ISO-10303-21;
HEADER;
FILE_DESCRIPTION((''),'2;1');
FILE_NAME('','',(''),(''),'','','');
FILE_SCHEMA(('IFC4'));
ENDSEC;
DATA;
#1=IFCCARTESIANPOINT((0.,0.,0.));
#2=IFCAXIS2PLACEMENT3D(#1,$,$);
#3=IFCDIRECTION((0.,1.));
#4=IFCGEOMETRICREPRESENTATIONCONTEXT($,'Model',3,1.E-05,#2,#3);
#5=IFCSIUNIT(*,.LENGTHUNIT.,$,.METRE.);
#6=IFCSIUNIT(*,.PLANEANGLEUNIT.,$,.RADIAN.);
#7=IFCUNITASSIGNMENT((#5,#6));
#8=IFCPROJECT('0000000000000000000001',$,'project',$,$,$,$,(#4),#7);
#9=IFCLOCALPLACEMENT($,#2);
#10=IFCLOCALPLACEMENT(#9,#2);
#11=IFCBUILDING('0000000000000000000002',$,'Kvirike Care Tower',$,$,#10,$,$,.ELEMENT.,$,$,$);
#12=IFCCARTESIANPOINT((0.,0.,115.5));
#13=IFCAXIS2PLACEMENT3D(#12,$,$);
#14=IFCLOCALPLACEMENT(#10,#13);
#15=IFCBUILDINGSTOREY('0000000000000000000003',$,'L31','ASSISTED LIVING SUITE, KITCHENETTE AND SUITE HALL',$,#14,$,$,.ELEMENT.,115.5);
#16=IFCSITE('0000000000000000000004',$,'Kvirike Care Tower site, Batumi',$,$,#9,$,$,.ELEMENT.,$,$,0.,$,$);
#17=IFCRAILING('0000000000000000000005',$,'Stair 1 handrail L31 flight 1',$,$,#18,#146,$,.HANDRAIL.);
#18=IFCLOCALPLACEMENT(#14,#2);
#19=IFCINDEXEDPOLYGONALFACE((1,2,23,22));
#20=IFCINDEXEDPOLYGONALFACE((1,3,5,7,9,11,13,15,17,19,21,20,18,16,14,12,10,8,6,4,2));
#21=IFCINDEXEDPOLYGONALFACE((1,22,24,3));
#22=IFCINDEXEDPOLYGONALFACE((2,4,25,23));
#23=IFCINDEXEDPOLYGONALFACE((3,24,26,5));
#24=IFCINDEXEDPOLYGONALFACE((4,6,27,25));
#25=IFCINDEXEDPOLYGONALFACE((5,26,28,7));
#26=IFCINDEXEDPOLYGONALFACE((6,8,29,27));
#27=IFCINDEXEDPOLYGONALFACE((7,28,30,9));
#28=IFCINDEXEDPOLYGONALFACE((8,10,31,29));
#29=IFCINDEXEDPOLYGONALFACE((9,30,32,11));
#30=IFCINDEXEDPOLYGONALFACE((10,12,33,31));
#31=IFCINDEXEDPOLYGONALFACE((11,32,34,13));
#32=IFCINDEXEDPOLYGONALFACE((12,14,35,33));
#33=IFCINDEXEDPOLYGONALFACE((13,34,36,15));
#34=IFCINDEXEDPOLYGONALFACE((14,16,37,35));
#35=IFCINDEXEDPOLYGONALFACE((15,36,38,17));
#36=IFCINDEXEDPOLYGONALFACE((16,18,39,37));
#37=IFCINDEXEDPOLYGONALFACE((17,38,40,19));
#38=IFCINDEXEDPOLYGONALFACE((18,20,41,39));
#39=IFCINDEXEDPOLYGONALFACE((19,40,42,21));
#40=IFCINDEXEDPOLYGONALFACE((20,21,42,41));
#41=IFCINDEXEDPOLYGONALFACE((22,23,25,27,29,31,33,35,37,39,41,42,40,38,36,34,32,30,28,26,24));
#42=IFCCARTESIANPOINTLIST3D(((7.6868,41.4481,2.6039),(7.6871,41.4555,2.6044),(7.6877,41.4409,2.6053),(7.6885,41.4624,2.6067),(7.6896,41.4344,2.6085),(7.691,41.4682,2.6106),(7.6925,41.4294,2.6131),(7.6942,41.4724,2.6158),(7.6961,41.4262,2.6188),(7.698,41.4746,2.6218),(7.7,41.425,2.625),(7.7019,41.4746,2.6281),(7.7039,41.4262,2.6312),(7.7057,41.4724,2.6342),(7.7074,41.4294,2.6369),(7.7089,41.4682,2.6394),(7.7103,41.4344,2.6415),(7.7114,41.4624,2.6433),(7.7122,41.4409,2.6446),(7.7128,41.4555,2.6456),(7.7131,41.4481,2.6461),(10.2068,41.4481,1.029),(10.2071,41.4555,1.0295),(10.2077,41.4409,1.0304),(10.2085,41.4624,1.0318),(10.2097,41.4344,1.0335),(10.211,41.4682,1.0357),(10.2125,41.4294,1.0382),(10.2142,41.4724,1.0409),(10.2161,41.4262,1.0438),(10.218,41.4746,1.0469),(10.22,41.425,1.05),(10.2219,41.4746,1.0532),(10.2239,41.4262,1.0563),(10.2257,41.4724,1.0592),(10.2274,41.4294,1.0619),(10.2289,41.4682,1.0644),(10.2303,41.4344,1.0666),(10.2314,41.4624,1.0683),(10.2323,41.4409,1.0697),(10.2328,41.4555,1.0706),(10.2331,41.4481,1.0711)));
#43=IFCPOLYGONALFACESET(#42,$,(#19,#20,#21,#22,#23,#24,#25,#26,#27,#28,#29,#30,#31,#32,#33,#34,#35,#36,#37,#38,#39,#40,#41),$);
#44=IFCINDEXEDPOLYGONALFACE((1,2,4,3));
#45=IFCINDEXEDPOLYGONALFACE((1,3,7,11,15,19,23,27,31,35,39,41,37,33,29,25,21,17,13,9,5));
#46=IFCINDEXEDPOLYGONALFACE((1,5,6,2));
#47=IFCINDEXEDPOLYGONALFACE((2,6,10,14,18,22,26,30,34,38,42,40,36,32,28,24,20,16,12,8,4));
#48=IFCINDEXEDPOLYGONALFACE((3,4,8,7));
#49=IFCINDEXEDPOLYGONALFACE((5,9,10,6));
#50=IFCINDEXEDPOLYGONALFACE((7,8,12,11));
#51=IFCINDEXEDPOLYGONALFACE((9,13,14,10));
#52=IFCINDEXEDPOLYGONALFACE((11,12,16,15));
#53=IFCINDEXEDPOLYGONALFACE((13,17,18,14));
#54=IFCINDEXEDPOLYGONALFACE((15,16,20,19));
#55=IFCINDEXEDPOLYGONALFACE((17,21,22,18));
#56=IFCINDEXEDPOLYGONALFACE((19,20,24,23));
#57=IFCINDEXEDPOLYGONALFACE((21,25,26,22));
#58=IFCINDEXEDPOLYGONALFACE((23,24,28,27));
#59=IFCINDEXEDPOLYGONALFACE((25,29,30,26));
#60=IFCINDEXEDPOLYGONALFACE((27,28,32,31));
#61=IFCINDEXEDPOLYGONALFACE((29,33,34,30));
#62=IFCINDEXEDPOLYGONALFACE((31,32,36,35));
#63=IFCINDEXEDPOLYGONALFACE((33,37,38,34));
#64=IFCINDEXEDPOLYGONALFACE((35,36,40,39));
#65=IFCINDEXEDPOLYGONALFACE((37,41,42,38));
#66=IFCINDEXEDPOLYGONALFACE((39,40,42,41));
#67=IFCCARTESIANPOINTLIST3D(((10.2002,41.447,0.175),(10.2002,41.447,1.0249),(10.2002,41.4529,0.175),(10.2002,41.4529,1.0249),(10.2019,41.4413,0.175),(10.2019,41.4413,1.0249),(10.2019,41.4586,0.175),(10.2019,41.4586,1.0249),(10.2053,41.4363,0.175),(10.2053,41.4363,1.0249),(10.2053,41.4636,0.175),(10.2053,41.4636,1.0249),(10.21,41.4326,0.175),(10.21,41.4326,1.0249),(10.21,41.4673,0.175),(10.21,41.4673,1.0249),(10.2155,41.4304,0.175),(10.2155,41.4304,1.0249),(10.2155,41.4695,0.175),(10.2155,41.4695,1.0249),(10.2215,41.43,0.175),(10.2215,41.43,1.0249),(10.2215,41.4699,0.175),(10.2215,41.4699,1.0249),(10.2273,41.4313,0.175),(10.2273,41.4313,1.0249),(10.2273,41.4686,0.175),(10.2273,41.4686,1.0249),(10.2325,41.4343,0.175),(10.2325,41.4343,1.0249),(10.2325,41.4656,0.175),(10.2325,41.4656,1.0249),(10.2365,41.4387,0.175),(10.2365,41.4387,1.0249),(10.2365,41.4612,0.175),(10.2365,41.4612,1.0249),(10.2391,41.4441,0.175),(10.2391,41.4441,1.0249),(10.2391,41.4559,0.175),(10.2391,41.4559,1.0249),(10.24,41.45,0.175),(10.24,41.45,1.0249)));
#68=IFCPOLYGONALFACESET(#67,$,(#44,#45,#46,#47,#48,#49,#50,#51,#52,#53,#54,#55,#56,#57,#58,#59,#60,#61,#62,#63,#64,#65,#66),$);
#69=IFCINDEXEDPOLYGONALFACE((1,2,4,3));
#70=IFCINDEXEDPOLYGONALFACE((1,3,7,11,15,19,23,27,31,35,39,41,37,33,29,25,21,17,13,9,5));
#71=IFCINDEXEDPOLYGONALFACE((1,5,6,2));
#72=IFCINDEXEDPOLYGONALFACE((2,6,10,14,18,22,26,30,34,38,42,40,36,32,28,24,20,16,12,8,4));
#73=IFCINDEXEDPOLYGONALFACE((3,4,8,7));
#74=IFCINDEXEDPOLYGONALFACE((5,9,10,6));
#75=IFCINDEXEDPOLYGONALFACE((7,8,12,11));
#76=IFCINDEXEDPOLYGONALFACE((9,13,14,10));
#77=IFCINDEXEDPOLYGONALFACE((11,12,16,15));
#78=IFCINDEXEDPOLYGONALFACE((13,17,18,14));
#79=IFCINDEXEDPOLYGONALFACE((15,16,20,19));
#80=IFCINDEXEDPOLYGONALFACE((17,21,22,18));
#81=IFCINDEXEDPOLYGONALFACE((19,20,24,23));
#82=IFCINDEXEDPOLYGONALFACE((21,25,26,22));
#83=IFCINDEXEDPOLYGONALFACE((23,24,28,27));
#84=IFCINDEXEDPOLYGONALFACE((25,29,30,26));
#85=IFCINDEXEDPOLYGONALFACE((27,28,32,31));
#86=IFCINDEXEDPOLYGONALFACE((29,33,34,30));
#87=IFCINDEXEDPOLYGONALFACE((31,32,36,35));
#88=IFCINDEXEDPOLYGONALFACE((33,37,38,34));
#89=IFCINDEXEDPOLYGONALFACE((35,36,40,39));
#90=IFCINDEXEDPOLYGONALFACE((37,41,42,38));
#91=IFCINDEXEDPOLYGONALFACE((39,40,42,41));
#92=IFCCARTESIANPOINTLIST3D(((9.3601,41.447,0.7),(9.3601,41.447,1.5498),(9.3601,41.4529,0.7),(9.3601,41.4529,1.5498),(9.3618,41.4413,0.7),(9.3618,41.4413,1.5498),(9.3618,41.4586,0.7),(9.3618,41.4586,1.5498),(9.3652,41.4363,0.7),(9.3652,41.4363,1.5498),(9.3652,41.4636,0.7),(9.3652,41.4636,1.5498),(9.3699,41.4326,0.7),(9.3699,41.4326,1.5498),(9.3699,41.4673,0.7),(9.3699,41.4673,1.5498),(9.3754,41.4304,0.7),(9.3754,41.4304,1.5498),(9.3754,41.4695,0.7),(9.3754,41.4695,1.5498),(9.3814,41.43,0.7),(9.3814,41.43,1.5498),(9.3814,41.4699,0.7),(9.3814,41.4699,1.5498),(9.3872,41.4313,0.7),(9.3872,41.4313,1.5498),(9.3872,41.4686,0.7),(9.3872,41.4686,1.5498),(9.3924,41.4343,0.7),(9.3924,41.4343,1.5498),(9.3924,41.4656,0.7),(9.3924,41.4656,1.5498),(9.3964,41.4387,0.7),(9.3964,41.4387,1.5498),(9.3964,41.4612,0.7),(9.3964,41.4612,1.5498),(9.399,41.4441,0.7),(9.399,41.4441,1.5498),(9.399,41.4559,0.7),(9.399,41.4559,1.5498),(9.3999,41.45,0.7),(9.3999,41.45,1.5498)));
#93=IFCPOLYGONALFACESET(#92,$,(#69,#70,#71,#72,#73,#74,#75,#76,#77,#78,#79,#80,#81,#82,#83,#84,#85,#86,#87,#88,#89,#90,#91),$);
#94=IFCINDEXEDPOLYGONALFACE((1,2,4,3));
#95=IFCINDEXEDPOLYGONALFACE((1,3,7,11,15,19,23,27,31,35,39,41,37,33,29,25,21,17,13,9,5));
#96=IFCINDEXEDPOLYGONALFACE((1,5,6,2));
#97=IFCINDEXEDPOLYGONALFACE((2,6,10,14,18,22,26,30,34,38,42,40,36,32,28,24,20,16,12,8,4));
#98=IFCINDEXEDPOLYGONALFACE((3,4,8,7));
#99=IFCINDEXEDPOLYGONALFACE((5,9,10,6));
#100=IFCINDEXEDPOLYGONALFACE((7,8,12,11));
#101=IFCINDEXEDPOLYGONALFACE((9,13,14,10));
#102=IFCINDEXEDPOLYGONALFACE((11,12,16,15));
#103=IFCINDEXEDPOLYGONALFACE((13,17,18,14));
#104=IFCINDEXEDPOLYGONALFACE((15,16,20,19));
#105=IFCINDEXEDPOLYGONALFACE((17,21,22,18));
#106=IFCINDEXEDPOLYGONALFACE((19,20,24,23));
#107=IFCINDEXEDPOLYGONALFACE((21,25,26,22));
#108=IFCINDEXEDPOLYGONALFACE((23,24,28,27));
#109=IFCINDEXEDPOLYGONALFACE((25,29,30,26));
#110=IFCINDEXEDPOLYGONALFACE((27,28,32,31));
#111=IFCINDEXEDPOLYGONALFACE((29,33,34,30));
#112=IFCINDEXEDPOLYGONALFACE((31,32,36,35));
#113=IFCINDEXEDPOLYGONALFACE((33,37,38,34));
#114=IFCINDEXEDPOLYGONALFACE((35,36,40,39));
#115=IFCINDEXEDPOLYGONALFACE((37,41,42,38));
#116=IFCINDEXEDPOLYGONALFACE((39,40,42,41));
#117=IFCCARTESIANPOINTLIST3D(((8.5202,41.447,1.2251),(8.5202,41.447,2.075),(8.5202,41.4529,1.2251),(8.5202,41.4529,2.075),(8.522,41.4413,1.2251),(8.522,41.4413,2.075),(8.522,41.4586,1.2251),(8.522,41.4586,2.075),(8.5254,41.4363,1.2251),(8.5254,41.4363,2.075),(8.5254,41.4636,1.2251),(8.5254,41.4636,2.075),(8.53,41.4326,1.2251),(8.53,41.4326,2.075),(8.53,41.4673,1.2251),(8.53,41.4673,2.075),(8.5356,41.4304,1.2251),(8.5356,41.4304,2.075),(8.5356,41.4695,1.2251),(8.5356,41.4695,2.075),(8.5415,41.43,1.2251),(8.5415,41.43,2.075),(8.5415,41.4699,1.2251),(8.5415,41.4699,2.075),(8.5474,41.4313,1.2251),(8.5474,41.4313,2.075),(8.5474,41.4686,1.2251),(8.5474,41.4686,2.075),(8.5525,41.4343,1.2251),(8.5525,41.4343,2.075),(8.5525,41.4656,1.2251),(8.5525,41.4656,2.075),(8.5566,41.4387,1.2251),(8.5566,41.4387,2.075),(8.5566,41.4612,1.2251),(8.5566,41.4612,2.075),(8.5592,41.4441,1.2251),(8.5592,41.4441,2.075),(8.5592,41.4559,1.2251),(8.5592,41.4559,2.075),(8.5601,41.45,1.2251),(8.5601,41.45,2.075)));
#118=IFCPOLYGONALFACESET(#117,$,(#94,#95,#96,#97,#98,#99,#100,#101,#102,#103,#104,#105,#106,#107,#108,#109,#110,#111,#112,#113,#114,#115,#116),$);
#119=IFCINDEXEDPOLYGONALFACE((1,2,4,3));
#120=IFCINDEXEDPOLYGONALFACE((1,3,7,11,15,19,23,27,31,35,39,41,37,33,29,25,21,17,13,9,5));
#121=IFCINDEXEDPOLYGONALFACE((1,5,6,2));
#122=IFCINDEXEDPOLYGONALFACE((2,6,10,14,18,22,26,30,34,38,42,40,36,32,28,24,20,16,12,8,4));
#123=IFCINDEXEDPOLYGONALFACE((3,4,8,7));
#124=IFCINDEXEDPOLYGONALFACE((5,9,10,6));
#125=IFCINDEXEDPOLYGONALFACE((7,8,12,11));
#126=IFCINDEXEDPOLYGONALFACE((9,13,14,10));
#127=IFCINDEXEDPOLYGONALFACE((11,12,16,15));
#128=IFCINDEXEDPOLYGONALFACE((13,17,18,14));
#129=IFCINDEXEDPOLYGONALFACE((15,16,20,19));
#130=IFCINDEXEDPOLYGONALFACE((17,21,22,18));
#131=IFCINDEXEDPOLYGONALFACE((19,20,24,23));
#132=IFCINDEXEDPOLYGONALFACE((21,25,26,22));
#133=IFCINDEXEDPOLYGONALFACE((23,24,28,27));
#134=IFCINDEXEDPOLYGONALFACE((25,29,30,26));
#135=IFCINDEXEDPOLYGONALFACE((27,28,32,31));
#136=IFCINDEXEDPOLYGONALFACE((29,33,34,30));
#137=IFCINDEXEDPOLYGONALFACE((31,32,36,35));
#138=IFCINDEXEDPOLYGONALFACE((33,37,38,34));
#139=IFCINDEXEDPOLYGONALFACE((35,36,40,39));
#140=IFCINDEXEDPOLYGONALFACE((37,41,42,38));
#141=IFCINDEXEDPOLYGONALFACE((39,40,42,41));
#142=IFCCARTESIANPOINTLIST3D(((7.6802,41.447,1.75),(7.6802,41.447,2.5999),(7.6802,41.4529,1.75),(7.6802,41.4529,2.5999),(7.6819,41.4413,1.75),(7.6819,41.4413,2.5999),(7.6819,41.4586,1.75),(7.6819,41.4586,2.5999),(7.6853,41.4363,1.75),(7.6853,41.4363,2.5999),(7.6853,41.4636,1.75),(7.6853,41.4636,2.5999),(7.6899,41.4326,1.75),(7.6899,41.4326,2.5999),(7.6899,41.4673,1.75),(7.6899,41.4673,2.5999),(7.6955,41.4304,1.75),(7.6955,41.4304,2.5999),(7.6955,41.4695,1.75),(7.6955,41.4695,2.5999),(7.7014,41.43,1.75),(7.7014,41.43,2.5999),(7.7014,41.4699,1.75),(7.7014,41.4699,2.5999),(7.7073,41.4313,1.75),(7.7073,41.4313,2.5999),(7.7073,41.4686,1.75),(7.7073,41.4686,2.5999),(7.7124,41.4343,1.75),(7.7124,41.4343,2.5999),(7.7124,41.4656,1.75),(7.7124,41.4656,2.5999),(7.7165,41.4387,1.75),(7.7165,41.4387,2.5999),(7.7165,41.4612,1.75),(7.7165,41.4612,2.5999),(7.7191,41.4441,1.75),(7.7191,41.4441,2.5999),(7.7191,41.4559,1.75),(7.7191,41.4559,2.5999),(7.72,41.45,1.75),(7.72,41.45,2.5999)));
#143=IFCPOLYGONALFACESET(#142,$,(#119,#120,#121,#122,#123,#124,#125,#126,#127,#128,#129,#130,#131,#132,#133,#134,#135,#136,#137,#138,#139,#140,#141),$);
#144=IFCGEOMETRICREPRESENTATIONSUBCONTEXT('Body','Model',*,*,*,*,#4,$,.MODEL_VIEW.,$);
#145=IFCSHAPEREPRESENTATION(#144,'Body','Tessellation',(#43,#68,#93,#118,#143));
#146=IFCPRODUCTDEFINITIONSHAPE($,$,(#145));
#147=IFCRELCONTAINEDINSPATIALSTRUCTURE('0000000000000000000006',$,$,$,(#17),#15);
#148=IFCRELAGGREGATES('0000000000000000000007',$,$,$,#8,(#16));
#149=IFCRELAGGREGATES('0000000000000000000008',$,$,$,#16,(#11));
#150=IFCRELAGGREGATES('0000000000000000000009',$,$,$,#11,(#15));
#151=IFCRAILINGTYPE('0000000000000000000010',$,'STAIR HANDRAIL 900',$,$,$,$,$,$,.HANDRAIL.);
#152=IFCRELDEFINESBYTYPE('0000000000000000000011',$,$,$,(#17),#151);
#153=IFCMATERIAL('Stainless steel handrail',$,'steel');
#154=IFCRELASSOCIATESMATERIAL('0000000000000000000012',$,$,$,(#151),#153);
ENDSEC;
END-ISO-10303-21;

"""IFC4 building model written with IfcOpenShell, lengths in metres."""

from ifc_helpers import new_model, si_unit, direction, frame, origin, origin_2d, place, context, subcontext, project, spatial, circle, extrude, material, type_object, element, save


model = new_model("IFC4")

# Units and contexts
model_context = context("Model", 3, precision=1e-05, world=origin(), true_north=direction((0.0, 1.0)))
body_context = subcontext(model_context, "Body", "Model", "MODEL_VIEW")
ifc_project = project(units=[si_unit("LENGTHUNIT", "METRE"), si_unit("PLANEANGLEUNIT", "RADIAN")], contexts=[model_context])

# Site, building, storey
site_placement = place(None, origin())
site = spatial("IfcSite", under=ifc_project, at=site_placement, Name="Kvirike Care Tower site, Batumi", CompositionType="ELEMENT", RefElevation=0.0)
building_placement = place(site_placement, origin())
building = spatial("IfcBuilding", under=site, at=building_placement, Name="Kvirike Care Tower", CompositionType="ELEMENT")
storey_placement = place(building_placement, frame((0.0, 0.0, 115.5)))
storey = spatial("IfcBuildingStorey", under=building, at=storey_placement, Name="L31", Description="ASSISTED LIVING SUITE, KITCHENETTE AND SUITE HALL", CompositionType="ELEMENT", Elevation=115.5)

# Railing
ifc_material_1 = material(Name="Stainless steel handrail", Category="steel")
railing_type = type_object("IfcRailingType", Name="STAIR HANDRAIL 900", PredefinedType="HANDRAIL", material=ifc_material_1)
railing_1_placement = place(storey_placement, frame((10.22, 41.45, 0.175)))
element("IfcRailing", 1, at=railing_1_placement, inside=storey, type_object=railing_type, Name="Stair 1 handrail L31 flight 1", PredefinedType="HANDRAIL", context=body_context, shape_type="SweptSolid", body=[
    extrude(circle(Radius=0.0249, at=origin_2d()), frame((0.0, 0.0, 0.875), z_axis=(-0.848008, 0.0, 0.529984), x_axis=(0.0, -1.0, 0.0)), (0.0, 0.0, 1.0), 2.9717),
    extrude(circle(Radius=0.02, at=origin_2d()), origin(), (0.0, 0.0, 1.0), 0.8499),
    extrude(circle(Radius=0.02, at=origin_2d()), frame((-0.8401, 0.0, 0.5249)), (0.0, 0.0, 1.0), 0.8499),
    extrude(circle(Radius=0.02, at=origin_2d()), frame((-1.6799, 0.0, 1.05)), (0.0, 0.0, 1.0), 0.8499),
    extrude(circle(Radius=0.02, at=origin_2d()), frame((-2.52, 0.0, 1.575)), (0.0, 0.0, 1.0), 0.8499),
])

save(model, "model.ifc")
